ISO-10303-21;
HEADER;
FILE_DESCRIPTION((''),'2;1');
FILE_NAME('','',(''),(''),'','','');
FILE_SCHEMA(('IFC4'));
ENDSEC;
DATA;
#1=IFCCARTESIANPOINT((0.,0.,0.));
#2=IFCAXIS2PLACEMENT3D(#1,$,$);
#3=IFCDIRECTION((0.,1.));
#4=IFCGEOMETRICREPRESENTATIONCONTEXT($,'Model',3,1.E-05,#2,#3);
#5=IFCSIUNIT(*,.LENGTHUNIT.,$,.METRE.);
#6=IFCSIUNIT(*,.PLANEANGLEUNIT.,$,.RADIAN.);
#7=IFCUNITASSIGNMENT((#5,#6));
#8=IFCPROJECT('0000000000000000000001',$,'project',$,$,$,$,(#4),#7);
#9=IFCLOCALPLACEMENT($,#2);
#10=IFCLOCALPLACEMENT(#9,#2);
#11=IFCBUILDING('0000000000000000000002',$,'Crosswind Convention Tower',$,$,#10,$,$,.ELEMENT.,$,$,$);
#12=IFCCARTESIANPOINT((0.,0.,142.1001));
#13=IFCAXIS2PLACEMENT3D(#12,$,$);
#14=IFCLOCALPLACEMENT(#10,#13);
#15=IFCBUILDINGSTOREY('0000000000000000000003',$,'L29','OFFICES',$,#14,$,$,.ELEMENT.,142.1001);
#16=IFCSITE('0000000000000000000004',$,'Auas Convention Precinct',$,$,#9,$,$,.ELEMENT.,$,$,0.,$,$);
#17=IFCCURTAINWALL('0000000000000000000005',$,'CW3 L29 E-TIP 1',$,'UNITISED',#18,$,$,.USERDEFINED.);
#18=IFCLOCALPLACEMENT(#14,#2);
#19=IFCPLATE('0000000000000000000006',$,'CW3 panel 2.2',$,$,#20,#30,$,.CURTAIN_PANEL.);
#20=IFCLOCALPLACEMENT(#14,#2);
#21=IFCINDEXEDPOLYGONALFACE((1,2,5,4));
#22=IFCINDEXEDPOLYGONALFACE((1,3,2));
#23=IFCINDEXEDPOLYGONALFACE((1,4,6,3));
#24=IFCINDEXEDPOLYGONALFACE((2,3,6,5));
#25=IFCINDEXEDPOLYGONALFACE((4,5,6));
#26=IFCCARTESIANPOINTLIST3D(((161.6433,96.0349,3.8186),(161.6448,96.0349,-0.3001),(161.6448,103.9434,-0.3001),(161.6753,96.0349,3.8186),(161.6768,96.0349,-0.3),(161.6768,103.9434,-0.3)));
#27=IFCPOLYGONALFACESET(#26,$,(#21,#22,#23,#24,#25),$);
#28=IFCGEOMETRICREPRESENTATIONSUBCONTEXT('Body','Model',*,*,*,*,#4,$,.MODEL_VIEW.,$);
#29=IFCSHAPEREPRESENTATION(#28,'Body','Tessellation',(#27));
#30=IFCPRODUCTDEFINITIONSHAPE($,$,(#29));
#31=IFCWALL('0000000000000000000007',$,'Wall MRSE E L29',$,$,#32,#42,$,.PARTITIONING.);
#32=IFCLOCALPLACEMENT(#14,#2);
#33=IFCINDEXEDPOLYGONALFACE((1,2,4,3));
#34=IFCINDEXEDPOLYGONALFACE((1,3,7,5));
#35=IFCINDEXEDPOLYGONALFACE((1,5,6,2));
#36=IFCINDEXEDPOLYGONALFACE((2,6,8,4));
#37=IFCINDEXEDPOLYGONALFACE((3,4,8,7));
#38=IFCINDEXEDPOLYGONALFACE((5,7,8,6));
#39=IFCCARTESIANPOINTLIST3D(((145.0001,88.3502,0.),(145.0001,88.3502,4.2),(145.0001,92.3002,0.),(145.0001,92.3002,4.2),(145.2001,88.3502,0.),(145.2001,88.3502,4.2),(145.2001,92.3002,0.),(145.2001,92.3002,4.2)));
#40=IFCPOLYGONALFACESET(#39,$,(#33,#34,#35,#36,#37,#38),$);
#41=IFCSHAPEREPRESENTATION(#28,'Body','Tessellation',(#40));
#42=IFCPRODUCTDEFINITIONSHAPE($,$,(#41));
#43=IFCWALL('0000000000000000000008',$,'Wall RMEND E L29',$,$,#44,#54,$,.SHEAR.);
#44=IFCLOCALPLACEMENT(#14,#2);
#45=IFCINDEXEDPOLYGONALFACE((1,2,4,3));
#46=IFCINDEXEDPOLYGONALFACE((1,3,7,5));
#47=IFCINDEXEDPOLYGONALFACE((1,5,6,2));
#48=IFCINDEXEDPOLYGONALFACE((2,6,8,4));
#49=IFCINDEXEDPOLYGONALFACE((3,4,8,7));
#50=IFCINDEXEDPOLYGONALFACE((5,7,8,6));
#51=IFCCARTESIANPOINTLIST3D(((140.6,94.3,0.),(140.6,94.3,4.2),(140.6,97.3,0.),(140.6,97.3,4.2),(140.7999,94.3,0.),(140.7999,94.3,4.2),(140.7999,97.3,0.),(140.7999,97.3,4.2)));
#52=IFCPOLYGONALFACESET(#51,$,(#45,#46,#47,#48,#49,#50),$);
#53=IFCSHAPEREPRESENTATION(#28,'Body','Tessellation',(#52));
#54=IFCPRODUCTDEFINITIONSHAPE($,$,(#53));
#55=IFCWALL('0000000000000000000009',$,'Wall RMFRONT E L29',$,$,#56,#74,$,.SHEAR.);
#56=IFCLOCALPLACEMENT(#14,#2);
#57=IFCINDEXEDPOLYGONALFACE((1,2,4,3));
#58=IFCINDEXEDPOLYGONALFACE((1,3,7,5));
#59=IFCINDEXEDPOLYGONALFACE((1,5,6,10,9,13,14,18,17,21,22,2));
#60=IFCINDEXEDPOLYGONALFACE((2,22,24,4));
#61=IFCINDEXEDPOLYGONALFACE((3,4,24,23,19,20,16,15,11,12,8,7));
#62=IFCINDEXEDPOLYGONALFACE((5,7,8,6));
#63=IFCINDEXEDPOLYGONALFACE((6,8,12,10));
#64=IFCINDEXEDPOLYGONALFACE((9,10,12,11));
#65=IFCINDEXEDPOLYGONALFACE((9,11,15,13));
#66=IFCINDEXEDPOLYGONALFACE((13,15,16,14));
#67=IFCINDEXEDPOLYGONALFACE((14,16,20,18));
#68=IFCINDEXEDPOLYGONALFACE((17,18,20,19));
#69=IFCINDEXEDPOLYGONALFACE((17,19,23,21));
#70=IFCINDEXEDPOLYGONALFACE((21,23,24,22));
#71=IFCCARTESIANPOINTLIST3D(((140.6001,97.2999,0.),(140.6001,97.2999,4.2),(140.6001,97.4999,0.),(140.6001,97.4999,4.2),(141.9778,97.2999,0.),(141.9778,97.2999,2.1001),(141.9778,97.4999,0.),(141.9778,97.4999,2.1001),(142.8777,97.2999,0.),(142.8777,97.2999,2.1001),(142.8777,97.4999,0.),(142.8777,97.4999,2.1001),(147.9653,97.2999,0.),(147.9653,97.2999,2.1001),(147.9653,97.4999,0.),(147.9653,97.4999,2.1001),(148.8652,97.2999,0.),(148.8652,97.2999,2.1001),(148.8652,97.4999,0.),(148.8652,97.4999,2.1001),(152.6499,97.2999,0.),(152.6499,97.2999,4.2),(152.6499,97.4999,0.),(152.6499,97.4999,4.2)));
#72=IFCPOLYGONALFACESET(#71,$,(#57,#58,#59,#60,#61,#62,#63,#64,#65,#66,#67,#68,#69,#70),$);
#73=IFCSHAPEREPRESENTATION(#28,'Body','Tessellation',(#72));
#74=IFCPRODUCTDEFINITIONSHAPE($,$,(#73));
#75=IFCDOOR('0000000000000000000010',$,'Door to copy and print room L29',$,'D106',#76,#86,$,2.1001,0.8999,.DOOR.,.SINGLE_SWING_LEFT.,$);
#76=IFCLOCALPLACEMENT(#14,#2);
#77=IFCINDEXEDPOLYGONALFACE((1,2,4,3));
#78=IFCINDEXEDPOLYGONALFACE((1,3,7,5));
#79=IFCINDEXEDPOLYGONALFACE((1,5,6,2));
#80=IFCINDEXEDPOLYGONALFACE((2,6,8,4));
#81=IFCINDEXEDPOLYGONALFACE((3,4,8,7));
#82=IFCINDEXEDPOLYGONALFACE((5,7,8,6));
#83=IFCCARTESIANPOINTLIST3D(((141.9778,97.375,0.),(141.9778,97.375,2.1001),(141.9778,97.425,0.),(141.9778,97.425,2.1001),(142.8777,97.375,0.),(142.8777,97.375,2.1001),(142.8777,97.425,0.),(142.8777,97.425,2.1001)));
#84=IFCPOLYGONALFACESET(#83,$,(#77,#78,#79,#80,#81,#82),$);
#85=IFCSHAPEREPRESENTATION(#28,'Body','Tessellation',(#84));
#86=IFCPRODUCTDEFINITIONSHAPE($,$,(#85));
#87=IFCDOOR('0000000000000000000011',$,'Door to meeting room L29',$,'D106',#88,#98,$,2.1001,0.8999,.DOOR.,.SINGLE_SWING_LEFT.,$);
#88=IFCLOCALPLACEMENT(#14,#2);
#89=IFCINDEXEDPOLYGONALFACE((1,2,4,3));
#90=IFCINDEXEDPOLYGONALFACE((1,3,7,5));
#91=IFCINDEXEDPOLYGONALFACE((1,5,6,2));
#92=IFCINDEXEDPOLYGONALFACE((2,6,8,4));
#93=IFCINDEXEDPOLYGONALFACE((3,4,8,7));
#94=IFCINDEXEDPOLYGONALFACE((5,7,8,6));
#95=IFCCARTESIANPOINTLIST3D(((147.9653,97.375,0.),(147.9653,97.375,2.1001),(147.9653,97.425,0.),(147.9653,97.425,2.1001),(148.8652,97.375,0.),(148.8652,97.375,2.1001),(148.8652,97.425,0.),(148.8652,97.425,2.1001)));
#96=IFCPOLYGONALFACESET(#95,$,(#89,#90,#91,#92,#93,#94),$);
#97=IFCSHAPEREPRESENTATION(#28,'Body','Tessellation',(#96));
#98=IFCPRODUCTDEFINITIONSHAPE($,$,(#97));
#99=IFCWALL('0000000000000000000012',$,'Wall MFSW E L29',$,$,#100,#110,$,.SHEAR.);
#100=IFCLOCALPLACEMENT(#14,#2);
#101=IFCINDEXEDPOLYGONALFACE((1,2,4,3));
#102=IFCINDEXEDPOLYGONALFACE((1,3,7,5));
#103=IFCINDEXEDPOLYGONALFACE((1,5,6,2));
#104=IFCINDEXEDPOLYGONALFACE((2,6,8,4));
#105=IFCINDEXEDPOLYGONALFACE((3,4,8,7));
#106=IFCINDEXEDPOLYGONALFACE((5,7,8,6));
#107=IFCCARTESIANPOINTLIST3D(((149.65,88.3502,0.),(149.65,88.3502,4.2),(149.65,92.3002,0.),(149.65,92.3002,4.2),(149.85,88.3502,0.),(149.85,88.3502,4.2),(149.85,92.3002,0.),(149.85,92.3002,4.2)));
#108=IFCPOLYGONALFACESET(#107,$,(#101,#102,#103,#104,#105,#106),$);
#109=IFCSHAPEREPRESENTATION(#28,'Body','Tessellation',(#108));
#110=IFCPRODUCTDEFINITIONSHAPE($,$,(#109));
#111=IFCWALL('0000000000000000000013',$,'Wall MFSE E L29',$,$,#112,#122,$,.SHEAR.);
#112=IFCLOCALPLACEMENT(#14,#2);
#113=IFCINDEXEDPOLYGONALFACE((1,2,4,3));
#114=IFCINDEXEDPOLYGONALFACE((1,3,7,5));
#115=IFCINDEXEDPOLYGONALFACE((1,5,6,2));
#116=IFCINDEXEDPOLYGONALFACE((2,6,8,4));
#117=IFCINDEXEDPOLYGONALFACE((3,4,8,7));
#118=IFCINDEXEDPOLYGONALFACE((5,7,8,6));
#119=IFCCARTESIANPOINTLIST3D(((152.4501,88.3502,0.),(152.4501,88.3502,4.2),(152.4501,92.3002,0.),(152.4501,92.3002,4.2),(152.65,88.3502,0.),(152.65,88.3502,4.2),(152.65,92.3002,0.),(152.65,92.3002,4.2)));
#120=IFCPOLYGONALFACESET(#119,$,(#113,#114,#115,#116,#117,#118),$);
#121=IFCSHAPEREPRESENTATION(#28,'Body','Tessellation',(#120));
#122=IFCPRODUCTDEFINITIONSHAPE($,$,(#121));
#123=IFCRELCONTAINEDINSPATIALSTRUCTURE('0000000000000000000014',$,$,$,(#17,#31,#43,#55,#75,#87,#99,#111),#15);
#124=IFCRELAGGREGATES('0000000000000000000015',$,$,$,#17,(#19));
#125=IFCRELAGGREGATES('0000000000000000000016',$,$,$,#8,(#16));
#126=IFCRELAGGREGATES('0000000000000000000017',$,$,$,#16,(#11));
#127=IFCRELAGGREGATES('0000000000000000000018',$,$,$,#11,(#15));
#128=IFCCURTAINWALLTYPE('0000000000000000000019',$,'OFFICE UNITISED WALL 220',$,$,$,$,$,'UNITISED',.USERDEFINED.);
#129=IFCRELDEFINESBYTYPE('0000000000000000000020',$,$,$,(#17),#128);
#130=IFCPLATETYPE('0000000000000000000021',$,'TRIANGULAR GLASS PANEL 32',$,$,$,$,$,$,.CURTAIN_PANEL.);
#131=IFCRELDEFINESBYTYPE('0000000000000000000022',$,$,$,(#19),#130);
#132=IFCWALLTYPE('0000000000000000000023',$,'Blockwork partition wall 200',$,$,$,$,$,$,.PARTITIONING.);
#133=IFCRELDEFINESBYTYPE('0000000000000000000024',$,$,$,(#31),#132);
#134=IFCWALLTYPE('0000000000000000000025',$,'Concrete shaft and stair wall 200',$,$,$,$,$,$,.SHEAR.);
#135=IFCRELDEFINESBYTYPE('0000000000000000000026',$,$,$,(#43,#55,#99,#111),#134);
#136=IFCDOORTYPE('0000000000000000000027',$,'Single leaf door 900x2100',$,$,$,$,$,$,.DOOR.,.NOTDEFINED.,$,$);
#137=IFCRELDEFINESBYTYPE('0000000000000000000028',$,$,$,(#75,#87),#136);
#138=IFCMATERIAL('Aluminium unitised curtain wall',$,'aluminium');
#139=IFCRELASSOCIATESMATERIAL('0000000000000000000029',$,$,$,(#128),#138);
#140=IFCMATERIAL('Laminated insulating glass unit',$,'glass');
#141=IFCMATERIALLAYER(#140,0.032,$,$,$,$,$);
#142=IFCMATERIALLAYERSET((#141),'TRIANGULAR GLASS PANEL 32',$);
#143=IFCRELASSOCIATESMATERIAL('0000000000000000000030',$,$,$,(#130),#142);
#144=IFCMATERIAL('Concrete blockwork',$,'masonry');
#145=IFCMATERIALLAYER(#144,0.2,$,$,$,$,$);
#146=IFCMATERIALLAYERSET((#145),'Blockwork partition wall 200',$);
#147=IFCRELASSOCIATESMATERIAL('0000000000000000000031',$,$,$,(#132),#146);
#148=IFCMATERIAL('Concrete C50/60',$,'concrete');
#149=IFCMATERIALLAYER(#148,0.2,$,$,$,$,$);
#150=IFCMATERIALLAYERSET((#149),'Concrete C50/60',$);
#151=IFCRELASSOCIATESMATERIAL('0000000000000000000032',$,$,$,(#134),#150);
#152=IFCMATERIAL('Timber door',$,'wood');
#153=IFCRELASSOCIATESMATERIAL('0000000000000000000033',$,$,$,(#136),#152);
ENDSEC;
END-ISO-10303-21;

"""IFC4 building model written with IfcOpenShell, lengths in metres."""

from ifc_helpers import new_model, si_unit, direction, frame, frame_2d, origin, place, context, subcontext, project, spatial, polyline, rectangle, outline, extrude, material, layer, layer_set, type_object, element, fill, aggregate, save


model = new_model("IFC4")

# Units and contexts
model_context = context("Model", 3, precision=1e-05, world=origin(), true_north=direction((0.0, 1.0)))
body_context = subcontext(model_context, "Body", "Model", "MODEL_VIEW")
ifc_project = project(units=[si_unit("LENGTHUNIT", "METRE"), si_unit("PLANEANGLEUNIT", "RADIAN")], contexts=[model_context])

# Site, building, storey
site_placement = place(None, origin())
site = spatial("IfcSite", under=ifc_project, at=site_placement, Name="Auas Convention Precinct", CompositionType="ELEMENT", RefElevation=0.0)
building_placement = place(site_placement, origin())
building = spatial("IfcBuilding", under=site, at=building_placement, Name="Crosswind Convention Tower", CompositionType="ELEMENT")
storey_placement = place(building_placement, frame((0.0, 0.0, 142.1001)))
storey = spatial("IfcBuildingStorey", under=building, at=storey_placement, Name="L29", Description="OFFICES", CompositionType="ELEMENT", Elevation=142.1001)

# Curtain wall
ifc_material_1 = material(Name="Aluminium unitised curtain wall", Category="aluminium")
curtain_wall_type = type_object("IfcCurtainWallType", Name="OFFICE UNITISED WALL 220", ElementType="UNITISED", PredefinedType="USERDEFINED", material=ifc_material_1)
curtain_wall_placement = place(storey_placement, origin())
curtain_wall = element("IfcCurtainWall", 1, at=curtain_wall_placement, inside=storey, type_object=curtain_wall_type, Name="CW3 L29 E-TIP 1", ObjectType="UNITISED", PredefinedType="USERDEFINED")

# Plate
ifc_material_2 = material(Name="Laminated insulating glass unit", Category="glass")
ifc_layer_1 = layer(ifc_material_2, 0.032)
ifc_layer_set_1 = layer_set([ifc_layer_1], Name="TRIANGULAR GLASS PANEL 32")
plate_type = type_object("IfcPlateType", Name="TRIANGULAR GLASS PANEL 32", PredefinedType="CURTAIN_PANEL", material=ifc_layer_set_1)
plate_1_placement = place(storey_placement, frame((161.6768, 96.0349, -0.3), z_axis=(1.0, 0.0, 0.000356), x_axis=(0.0, 1.0, 0.0)))
plate_1 = element("IfcPlate", 2, at=plate_1_placement, type_object=plate_type, Name="CW3 panel 2.2", PredefinedType="CURTAIN_PANEL", context=body_context, shape_type="SweptSolid", body=[
    extrude(outline(polyline([(0.0, 0.0), (7.9084, 0.0), (0.0, 4.1187), (0.0, 0.0)])), origin(), (0.0, 0.0, -1.0), 0.032),
])
aggregate(curtain_wall, [plate_1])

# Wall
ifc_material_3 = material(Name="Concrete blockwork", Category="masonry")
ifc_layer_2 = layer(ifc_material_3, 0.2)
ifc_layer_set_2 = layer_set([ifc_layer_2], Name="Blockwork partition wall 200")
wall_type_1 = type_object("IfcWallType", Name="Blockwork partition wall 200", PredefinedType="PARTITIONING", material=ifc_layer_set_2)
wall_1_placement = place(storey_placement, frame((145.1001, 88.3501, 0.0), z_axis=(0.0, 0.0, 1.0), x_axis=(0.0, 1.0, 0.0)))
element("IfcWall", 3, at=wall_1_placement, inside=storey, type_object=wall_type_1, Name="Wall MRSE E L29", PredefinedType="PARTITIONING", context=body_context, shape_type="SweptSolid", body=[
    extrude(rectangle(XDim=3.95, YDim=0.2, at=frame_2d((1.9751, 0.0))), origin(), (0.0, 0.0, 1.0), 4.2),
])

# Wall
ifc_material_4 = material(Name="Concrete C50/60", Category="concrete")
ifc_layer_3 = layer(ifc_material_4, 0.2)
ifc_layer_set_3 = layer_set([ifc_layer_3], Name="Concrete C50/60")
wall_type_2 = type_object("IfcWallType", Name="Concrete shaft and stair wall 200", PredefinedType="SHEAR", material=ifc_layer_set_3)
wall_2_placement = place(storey_placement, frame((140.7, 94.3, 0.0), z_axis=(0.0, 0.0, 1.0), x_axis=(0.0, 1.0, 0.0)))
element("IfcWall", 4, at=wall_2_placement, inside=storey, type_object=wall_type_2, Name="Wall RMEND E L29", PredefinedType="SHEAR", context=body_context, shape_type="SweptSolid", body=[
    extrude(rectangle(XDim=3.0, YDim=0.2, at=frame_2d((1.5, 0.0))), origin(), (0.0, 0.0, 1.0), 4.2),
])

# Wall, openings, doors
wall_3_placement = place(storey_placement, frame((140.6001, 97.3999, 0.0), z_axis=(0.0, 0.0, 1.0), x_axis=(1.0, 0.0, 0.0)))
wall_3 = element("IfcWall", 5, at=wall_3_placement, inside=storey, type_object=wall_type_2, Name="Wall RMFRONT E L29", PredefinedType="SHEAR", context=body_context, shape_type="SweptSolid", body=[
    extrude(rectangle(XDim=12.0498, YDim=0.2, at=frame_2d((6.0249, 0.0))), origin(), (0.0, 0.0, 1.0), 4.2),
])
opening_1_placement = place(wall_3_placement, frame((1.3777, 0.0, 0.0)))
opening_1 = element("IfcOpeningElement", 6, at=opening_1_placement, cuts=wall_3, PredefinedType="OPENING", context=body_context, shape_type="SweptSolid", body=[
    extrude(rectangle(XDim=0.8999, YDim=2.1001, at=frame_2d((0.45, 1.05))), frame((0.0, 0.1099, 0.0), z_axis=(0.0, -1.0, 0.0), x_axis=(1.0, 0.0, 0.0)), (0.0, 0.0, 1.0), 0.22),
])
opening_2_placement = place(wall_3_placement, frame((7.3652, 0.0, 0.0)))
opening_2 = element("IfcOpeningElement", 7, at=opening_2_placement, cuts=wall_3, PredefinedType="OPENING", context=body_context, shape_type="SweptSolid", body=[
    extrude(rectangle(XDim=0.8999, YDim=2.1001, at=frame_2d((0.45, 1.05))), frame((0.0, 0.1099, 0.0), z_axis=(0.0, -1.0, 0.0), x_axis=(1.0, 0.0, 0.0)), (0.0, 0.0, 1.0), 0.22),
])
ifc_material_5 = material(Name="Timber door", Category="wood")
door_type_1 = type_object("IfcDoorType", Name="Single leaf door 900x2100", OperationType="NOTDEFINED", PredefinedType="DOOR", material=ifc_material_5)
door_1_placement = place(opening_1_placement, frame((0.8999, 0.0, 0.0), z_axis=(0.0, 0.0, 1.0), x_axis=(-1.0, 0.0, 0.0)))
door_1 = element("IfcDoor", 8, at=door_1_placement, inside=storey, type_object=door_type_1, Name="Door to copy and print room L29", ObjectType="D106", OperationType="SINGLE_SWING_LEFT", OverallHeight=2.1001, OverallWidth=0.8999, PredefinedType="DOOR", context=body_context, shape_type="SweptSolid", body=[
    extrude(rectangle(XDim=0.8999, YDim=2.1001, at=frame_2d((0.45, 1.05))), frame((0.0, 0.0249, 0.0), z_axis=(0.0, -1.0, 0.0), x_axis=(1.0, 0.0, 0.0)), (0.0, 0.0, 1.0), 0.05),
])
fill(opening_1, door_1)
door_2_placement = place(opening_2_placement, frame((0.8999, 0.0, 0.0), z_axis=(0.0, 0.0, 1.0), x_axis=(-1.0, 0.0, 0.0)))
door_2 = element("IfcDoor", 9, at=door_2_placement, inside=storey, type_object=door_type_1, Name="Door to meeting room L29", ObjectType="D106", OperationType="SINGLE_SWING_LEFT", OverallHeight=2.1001, OverallWidth=0.8999, PredefinedType="DOOR", context=body_context, shape_type="SweptSolid", body=[
    extrude(rectangle(XDim=0.8999, YDim=2.1001, at=frame_2d((0.45, 1.05))), frame((0.0, 0.0249, 0.0), z_axis=(0.0, -1.0, 0.0), x_axis=(1.0, 0.0, 0.0)), (0.0, 0.0, 1.0), 0.05),
])
fill(opening_2, door_2)

# Walls
for number, where, z_axis, x_axis, name in (
    (10, (149.75, 88.3501, 0.0), (0.0, 0.0, 1.0), (0.0, 1.0, 0.0), "Wall MFSW E L29"),
    (11, (152.55, 88.3501, 0.0), (0.0, 0.0, 1.0), (0.0, 1.0, 0.0), "Wall MFSE E L29"),
):
    element("IfcWall", number, at=place(storey_placement, frame(where, z_axis=z_axis, x_axis=x_axis)), inside=storey, type_object=wall_type_2, Name=name, PredefinedType="SHEAR", context=body_context, shape_type="SweptSolid", body=[
        extrude(rectangle(XDim=3.95, YDim=0.2, at=frame_2d((1.9751, 0.0))), origin(), (0.0, 0.0, 1.0), 4.2),
    ])

save(model, "model.ifc")
